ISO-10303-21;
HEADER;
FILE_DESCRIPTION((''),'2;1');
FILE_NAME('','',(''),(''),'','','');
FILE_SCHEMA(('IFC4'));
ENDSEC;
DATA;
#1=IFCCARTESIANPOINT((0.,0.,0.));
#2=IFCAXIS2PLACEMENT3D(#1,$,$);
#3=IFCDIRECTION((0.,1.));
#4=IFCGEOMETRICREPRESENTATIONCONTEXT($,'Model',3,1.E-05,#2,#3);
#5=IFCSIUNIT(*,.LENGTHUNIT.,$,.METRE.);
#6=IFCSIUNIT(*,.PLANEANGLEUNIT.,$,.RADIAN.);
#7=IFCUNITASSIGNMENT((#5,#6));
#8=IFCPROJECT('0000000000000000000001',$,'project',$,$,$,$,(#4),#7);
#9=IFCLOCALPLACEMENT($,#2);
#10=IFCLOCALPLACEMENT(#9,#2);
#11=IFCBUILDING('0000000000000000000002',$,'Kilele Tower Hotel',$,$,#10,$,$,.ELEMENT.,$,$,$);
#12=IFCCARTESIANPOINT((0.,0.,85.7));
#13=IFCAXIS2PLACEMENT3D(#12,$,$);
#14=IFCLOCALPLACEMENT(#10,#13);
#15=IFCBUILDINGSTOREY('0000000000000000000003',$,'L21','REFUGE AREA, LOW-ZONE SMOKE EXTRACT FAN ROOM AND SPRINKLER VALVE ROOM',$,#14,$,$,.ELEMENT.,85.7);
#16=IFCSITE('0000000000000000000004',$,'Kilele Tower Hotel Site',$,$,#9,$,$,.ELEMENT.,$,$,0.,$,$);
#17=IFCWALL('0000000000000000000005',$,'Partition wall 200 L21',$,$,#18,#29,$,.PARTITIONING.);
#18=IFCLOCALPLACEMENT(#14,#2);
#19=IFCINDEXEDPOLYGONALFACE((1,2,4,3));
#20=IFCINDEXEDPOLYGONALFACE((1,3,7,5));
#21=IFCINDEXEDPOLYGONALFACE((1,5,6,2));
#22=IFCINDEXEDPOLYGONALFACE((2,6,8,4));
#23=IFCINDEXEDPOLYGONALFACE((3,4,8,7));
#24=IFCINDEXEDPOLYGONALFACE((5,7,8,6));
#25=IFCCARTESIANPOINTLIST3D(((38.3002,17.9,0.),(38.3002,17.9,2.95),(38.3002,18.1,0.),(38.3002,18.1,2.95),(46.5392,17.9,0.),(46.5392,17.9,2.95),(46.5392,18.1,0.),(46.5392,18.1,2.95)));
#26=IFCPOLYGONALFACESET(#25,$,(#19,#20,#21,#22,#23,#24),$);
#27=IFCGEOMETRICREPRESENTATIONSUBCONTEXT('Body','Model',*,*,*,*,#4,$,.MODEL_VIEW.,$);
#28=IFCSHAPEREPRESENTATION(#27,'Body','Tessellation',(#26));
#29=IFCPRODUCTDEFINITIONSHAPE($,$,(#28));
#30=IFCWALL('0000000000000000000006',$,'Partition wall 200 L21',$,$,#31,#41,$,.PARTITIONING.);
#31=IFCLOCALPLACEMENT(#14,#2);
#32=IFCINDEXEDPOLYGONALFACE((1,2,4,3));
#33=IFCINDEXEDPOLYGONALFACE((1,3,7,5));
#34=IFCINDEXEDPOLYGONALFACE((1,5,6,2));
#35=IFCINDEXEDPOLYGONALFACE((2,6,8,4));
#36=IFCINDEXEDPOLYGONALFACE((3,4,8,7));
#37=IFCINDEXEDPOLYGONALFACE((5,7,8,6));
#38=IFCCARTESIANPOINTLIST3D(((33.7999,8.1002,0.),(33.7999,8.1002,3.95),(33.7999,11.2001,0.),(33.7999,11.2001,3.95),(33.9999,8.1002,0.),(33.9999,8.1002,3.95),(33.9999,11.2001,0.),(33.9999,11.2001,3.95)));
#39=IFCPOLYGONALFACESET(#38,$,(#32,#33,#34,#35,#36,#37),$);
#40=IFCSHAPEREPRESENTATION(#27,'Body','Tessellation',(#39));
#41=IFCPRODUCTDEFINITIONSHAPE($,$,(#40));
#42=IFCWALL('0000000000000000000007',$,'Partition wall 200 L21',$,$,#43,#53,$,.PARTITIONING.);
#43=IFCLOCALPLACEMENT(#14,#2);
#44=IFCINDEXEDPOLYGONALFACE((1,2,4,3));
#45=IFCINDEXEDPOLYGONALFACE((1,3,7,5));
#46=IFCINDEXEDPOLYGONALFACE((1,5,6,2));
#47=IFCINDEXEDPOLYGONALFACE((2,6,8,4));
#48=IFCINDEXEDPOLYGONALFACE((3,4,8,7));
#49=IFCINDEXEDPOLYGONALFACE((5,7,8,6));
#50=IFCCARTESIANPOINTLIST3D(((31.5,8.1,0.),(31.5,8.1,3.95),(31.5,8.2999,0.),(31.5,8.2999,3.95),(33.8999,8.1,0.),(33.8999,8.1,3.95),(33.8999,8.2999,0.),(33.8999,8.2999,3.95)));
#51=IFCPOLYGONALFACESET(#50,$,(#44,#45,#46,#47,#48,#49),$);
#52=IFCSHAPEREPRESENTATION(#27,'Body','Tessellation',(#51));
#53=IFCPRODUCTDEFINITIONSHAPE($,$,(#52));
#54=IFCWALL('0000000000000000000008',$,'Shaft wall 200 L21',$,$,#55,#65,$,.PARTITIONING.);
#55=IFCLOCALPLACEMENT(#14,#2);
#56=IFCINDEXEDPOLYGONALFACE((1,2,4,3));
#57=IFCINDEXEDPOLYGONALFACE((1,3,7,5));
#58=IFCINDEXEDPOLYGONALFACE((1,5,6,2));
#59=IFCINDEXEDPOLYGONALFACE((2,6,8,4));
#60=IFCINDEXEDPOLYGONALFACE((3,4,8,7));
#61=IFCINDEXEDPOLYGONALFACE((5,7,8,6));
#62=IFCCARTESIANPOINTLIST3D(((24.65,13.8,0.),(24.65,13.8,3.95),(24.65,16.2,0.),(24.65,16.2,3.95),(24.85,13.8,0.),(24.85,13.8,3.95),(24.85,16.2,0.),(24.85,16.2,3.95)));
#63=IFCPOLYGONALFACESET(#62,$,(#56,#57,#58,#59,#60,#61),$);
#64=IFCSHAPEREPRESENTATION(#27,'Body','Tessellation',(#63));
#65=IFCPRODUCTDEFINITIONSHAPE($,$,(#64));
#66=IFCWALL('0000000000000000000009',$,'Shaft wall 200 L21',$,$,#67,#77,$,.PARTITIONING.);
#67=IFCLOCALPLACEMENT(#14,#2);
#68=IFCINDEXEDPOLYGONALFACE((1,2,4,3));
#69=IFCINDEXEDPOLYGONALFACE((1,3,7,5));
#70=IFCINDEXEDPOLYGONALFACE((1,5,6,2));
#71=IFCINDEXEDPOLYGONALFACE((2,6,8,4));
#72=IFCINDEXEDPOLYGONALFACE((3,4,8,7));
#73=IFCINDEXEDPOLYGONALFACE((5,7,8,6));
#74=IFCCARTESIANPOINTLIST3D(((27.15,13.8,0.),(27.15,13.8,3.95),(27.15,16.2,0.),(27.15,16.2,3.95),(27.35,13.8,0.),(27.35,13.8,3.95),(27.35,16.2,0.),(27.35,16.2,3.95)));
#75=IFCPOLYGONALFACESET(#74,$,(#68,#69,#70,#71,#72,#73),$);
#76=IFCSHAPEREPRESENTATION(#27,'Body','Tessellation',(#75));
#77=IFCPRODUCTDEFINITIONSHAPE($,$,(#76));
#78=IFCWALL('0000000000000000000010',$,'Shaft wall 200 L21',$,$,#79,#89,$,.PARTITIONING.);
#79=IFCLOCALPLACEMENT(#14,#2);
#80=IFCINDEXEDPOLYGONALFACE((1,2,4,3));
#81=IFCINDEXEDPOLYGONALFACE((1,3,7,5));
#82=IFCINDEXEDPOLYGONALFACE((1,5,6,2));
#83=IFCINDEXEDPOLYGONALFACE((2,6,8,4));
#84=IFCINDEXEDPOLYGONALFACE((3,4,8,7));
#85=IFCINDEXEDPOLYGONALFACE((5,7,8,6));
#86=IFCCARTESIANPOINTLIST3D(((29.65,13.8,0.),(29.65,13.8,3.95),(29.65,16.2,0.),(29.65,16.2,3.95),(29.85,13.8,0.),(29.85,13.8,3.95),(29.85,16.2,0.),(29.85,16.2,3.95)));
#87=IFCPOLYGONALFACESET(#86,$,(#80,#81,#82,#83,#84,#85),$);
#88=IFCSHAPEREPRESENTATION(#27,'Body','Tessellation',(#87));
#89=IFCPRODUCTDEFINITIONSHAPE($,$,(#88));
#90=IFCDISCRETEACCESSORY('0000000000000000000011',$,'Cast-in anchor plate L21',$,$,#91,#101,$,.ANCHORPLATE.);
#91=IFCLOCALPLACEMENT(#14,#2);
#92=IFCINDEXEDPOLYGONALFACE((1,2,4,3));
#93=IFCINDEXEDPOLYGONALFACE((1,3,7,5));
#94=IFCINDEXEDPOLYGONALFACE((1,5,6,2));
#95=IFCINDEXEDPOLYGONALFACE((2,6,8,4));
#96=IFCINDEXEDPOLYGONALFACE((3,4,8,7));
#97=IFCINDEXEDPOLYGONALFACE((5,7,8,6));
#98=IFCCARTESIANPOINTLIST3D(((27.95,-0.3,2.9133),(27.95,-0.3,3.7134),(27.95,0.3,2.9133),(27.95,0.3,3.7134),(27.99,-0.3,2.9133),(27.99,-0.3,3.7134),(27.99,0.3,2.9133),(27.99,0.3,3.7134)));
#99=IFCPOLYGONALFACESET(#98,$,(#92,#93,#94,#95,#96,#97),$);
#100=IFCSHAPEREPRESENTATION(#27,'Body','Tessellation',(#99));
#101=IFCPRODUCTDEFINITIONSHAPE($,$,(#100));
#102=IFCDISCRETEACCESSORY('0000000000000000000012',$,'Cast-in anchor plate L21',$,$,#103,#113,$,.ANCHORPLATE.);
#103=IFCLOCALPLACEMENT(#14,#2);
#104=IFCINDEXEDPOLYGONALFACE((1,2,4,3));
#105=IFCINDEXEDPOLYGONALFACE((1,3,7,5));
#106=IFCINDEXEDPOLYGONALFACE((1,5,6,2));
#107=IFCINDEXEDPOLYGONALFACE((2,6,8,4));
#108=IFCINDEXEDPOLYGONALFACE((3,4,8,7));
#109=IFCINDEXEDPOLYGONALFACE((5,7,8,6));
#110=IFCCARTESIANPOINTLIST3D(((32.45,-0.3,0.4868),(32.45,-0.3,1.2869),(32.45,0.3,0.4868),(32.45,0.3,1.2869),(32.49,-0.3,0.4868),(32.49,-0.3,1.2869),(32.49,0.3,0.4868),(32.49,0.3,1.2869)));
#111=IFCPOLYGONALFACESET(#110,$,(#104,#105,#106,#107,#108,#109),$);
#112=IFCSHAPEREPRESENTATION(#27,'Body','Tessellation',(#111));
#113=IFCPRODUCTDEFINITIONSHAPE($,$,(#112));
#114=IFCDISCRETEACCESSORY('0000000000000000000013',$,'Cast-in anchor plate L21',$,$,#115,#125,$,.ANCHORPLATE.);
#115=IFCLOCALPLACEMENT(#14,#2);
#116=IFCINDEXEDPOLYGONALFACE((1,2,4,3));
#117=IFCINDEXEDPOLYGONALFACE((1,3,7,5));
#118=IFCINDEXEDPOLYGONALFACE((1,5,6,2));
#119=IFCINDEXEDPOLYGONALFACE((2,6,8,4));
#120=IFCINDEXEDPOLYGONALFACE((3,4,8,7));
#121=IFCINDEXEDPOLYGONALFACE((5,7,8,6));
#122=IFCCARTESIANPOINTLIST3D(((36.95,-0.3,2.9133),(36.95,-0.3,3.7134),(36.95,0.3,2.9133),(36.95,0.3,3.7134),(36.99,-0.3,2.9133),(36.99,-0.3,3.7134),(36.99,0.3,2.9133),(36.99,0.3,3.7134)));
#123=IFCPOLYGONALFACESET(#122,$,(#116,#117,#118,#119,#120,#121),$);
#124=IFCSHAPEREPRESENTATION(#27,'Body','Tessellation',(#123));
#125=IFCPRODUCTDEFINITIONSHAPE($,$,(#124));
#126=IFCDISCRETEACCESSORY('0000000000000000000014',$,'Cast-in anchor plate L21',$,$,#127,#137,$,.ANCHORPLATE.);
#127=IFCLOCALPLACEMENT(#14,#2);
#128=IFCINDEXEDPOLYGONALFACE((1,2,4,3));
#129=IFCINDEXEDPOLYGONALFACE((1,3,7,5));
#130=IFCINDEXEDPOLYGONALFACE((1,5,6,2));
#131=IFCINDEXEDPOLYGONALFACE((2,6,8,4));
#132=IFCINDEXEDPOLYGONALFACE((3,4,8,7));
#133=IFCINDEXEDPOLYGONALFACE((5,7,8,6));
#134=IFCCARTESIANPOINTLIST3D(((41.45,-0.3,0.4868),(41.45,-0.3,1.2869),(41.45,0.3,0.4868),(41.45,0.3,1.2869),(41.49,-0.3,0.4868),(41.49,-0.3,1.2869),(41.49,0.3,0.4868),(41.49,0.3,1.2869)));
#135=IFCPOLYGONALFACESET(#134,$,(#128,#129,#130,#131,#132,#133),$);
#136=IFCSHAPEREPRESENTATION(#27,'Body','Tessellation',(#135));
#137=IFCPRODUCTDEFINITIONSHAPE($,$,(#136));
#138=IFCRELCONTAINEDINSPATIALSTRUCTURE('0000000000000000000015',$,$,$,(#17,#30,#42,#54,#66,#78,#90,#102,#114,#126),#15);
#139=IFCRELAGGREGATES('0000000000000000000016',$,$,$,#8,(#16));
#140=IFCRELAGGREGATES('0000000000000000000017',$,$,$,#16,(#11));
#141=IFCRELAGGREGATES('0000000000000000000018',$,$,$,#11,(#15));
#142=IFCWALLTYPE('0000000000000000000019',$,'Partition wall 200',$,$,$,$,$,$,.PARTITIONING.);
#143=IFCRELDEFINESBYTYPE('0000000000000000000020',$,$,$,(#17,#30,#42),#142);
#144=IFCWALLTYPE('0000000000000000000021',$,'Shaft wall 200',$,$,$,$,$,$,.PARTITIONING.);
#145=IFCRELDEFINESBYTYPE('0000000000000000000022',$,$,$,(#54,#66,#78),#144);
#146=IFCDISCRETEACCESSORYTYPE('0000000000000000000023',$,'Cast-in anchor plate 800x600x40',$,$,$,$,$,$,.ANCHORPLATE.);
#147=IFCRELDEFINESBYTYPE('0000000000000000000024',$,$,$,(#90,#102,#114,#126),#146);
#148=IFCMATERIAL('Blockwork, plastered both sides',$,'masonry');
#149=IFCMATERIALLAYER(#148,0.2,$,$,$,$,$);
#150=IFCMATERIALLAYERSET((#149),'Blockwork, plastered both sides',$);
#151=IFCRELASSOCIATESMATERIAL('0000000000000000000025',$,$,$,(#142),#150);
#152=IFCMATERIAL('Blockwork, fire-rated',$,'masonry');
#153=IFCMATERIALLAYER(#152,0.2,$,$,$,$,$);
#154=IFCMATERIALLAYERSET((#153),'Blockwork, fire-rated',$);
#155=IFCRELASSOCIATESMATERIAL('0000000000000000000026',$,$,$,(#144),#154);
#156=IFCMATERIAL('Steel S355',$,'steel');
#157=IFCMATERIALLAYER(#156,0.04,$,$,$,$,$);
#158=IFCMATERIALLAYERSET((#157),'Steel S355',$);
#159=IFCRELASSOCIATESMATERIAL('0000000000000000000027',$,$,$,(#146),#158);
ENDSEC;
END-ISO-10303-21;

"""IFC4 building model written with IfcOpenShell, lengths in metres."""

from ifc_helpers import new_model, si_unit, direction, frame, frame_2d, origin, place, context, subcontext, project, spatial, polyline, rectangle, outline, extrude, source, transform, mapped, material, layer, layer_set, type_object, element, save


model = new_model("IFC4")

# Units and contexts
model_context = context("Model", 3, precision=1e-05, world=origin(), true_north=direction((0.0, 1.0)))
body_context = subcontext(model_context, "Body", "Model", "MODEL_VIEW")
ifc_project = project(units=[si_unit("LENGTHUNIT", "METRE"), si_unit("PLANEANGLEUNIT", "RADIAN")], contexts=[model_context])

# Site, building, storey
site_placement = place(None, origin())
site = spatial("IfcSite", under=ifc_project, at=site_placement, Name="Kilele Tower Hotel Site", CompositionType="ELEMENT", RefElevation=0.0)
building_placement = place(site_placement, origin())
building = spatial("IfcBuilding", under=site, at=building_placement, Name="Kilele Tower Hotel", CompositionType="ELEMENT")
storey_placement = place(building_placement, frame((0.0, 0.0, 85.7)))
storey = spatial("IfcBuildingStorey", under=building, at=storey_placement, Name="L21", Description="REFUGE AREA, LOW-ZONE SMOKE EXTRACT FAN ROOM AND SPRINKLER VALVE ROOM", CompositionType="ELEMENT", Elevation=85.7)

# Walls
ifc_material_1 = material(Name="Blockwork, plastered both sides", Category="masonry")
ifc_layer_1 = layer(ifc_material_1, 0.2)
ifc_layer_set_1 = layer_set([ifc_layer_1], Name="Blockwork, plastered both sides")
wall_type_1 = type_object("IfcWallType", Name="Partition wall 200", PredefinedType="PARTITIONING", material=ifc_layer_set_1)
wall_1_placement = place(storey_placement, frame((38.3, 18.0, 0.0), z_axis=(0.0, 0.0, 1.0), x_axis=(1.0, 0.0, 0.0)))
element("IfcWall", 1, at=wall_1_placement, inside=storey, type_object=wall_type_1, Name="Partition wall 200 L21", PredefinedType="PARTITIONING", context=body_context, shape_type="SweptSolid", body=[
    extrude(rectangle(XDim=8.239, YDim=0.2, at=frame_2d((4.1196, 0.0))), origin(), (0.0, 0.0, 1.0), 2.95),
])
wall_2_placement = place(storey_placement, frame((33.8999, 11.2, 0.0), z_axis=(0.0, 0.0, 1.0), x_axis=(0.0, -1.0, 0.0)))
element("IfcWall", 2, at=wall_2_placement, inside=storey, type_object=wall_type_1, Name="Partition wall 200 L21", PredefinedType="PARTITIONING", context=body_context, shape_type="SweptSolid", body=[
    extrude(rectangle(XDim=3.0999, YDim=0.2, at=frame_2d((1.5498, 0.0))), origin(), (0.0, 0.0, 1.0), 3.95),
])
wall_3_placement = place(storey_placement, frame((31.5, 8.2, 0.0), z_axis=(0.0, 0.0, 1.0), x_axis=(1.0, 0.0, 0.0)))
element("IfcWall", 3, at=wall_3_placement, inside=storey, type_object=wall_type_1, Name="Partition wall 200 L21", PredefinedType="PARTITIONING", context=body_context, shape_type="SweptSolid", body=[
    extrude(rectangle(XDim=2.3999, YDim=0.2, at=frame_2d((1.2, 0.0))), origin(), (0.0, 0.0, 1.0), 3.95),
])
ifc_material_2 = material(Name="Blockwork, fire-rated", Category="masonry")
ifc_layer_2 = layer(ifc_material_2, 0.2)
ifc_layer_set_2 = layer_set([ifc_layer_2], Name="Blockwork, fire-rated")
wall_type_2 = type_object("IfcWallType", Name="Shaft wall 200", PredefinedType="PARTITIONING", material=ifc_layer_set_2)
for number, where, z_axis, x_axis, name in (
    (4, (24.75, 13.8, 0.0), (0.0, 0.0, 1.0), (0.0, 1.0, 0.0), "Shaft wall 200 L21"),
    (5, (27.25, 13.8, 0.0), (0.0, 0.0, 1.0), (0.0, 1.0, 0.0), "Shaft wall 200 L21"),
    (6, (29.75, 13.8, 0.0), (0.0, 0.0, 1.0), (0.0, 1.0, 0.0), "Shaft wall 200 L21"),
):
    element("IfcWall", number, at=place(storey_placement, frame(where, z_axis=z_axis, x_axis=x_axis)), inside=storey, type_object=wall_type_2, Name=name, PredefinedType="PARTITIONING", context=body_context, shape_type="SweptSolid", body=[
        extrude(rectangle(XDim=2.3999, YDim=0.2, at=frame_2d((1.2, 0.0))), origin(), (0.0, 0.0, 1.0), 3.95),
    ])

# Discrete accessories
ifc_material_3 = material(Name="Steel S355", Category="steel")
ifc_layer_3 = layer(ifc_material_3, 0.04)
ifc_layer_set_3 = layer_set([ifc_layer_3], Name="Steel S355")
discrete_accessory_type = type_object("IfcDiscreteAccessoryType", Name="Cast-in anchor plate 800x600x40", PredefinedType="ANCHORPLATE", material=ifc_layer_set_3)
shared_shape = source(origin(), body_context, "Body", "SweptSolid", [
    extrude(outline(polyline([(0.0, 0.0), (0.04, 0.0), (0.04, 0.8), (0.0, 0.8), (0.0, 0.0)])), origin(), (0.0, 0.0, 1.0), 0.6001),
])
for number, where, z_axis, x_axis, name in (
    (7, (27.95, 0.3, 2.9133), (0.0, -1.0, 0.0), (1.0, 0.0, 0.0), "Cast-in anchor plate L21"),
    (8, (32.45, 0.3, 0.4868), (0.0, -1.0, 0.0), (1.0, 0.0, 0.0), "Cast-in anchor plate L21"),
    (9, (36.95, 0.3, 2.9133), (0.0, -1.0, 0.0), (1.0, 0.0, 0.0), "Cast-in anchor plate L21"),
    (10, (41.45, 0.3, 0.4868), (0.0, -1.0, 0.0), (1.0, 0.0, 0.0), "Cast-in anchor plate L21"),
):
    element("IfcDiscreteAccessory", number, at=place(storey_placement, frame(where, z_axis=z_axis, x_axis=x_axis)), inside=storey, type_object=discrete_accessory_type, Name=name, PredefinedType="ANCHORPLATE", context=body_context, shape_type="MappedRepresentation", body=[
        mapped(shared_shape, transform((0.0, 0.0, 0.0))),
    ])

save(model, "model.ifc")
